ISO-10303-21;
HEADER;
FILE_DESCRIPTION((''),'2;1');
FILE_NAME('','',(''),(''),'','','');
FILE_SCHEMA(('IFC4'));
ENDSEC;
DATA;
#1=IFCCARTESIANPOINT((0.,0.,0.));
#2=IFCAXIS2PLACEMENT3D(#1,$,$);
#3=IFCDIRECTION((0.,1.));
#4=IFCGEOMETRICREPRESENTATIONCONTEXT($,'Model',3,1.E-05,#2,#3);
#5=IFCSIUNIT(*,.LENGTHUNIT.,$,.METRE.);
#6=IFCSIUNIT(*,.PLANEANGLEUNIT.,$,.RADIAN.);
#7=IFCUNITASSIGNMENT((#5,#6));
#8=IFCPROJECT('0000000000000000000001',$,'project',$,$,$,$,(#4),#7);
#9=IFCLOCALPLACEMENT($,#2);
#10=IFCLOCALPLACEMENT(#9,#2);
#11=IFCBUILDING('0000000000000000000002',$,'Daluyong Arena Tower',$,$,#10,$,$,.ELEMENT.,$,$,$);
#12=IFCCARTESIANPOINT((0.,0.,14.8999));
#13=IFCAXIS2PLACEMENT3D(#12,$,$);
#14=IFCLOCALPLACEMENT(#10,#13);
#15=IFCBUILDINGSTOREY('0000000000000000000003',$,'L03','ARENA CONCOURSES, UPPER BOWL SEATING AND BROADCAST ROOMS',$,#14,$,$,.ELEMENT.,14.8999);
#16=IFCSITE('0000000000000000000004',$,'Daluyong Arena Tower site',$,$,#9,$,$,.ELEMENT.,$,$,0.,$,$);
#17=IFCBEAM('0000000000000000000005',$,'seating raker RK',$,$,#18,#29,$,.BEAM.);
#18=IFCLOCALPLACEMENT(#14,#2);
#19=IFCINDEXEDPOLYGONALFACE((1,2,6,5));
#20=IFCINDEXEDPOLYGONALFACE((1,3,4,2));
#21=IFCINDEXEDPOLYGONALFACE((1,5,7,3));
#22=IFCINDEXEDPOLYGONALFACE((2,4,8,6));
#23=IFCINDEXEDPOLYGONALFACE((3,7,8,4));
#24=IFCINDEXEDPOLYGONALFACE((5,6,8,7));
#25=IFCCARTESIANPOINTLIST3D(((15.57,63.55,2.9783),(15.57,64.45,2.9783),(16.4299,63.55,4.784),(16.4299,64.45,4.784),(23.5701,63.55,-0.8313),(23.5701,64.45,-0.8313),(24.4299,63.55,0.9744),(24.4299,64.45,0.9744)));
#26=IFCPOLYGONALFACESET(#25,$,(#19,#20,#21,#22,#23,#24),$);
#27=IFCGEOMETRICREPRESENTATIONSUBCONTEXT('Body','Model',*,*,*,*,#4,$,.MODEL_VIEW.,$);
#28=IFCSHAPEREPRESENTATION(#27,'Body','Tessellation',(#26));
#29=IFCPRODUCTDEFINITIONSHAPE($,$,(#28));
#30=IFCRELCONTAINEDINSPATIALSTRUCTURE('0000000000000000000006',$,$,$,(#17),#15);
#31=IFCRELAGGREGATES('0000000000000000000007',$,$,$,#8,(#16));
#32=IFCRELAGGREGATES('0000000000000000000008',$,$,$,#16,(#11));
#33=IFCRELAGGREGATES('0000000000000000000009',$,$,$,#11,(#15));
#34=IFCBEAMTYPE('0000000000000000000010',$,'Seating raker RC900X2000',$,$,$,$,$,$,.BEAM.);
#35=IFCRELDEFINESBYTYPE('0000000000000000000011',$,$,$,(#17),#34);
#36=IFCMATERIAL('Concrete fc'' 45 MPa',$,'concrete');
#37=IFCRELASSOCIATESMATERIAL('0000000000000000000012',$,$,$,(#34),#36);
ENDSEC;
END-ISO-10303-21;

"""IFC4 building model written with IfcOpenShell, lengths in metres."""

from ifc_helpers import new_model, si_unit, direction, frame, origin, origin_2d, place, context, subcontext, project, spatial, rectangle, extrude, material, material_profile, profile_set, type_object, element, save


model = new_model("IFC4")

# Units and contexts
model_context = context("Model", 3, precision=1e-05, world=origin(), true_north=direction((0.0, 1.0)))
body_context = subcontext(model_context, "Body", "Model", "MODEL_VIEW")
ifc_project = project(units=[si_unit("LENGTHUNIT", "METRE"), si_unit("PLANEANGLEUNIT", "RADIAN")], contexts=[model_context])

# Site, building, storey
site_placement = place(None, origin())
site = spatial("IfcSite", under=ifc_project, at=site_placement, Name="Daluyong Arena Tower site", CompositionType="ELEMENT", RefElevation=0.0)
building_placement = place(site_placement, origin())
building = spatial("IfcBuilding", under=site, at=building_placement, Name="Daluyong Arena Tower", CompositionType="ELEMENT")
storey_placement = place(building_placement, frame((0.0, 0.0, 14.8999)))
storey = spatial("IfcBuildingStorey", under=building, at=storey_placement, Name="L03", Description="ARENA CONCOURSES, UPPER BOWL SEATING AND BROADCAST ROOMS", CompositionType="ELEMENT", Elevation=14.8999)

# Beam
ifc_material_1 = material(Name="Concrete fc' 45 MPa", Category="concrete")
ifc_material_profile_1 = material_profile(ifc_material_1, rectangle(XDim=0.8999, YDim=2.0, at=origin_2d()))
ifc_profile_set_1 = profile_set([ifc_material_profile_1], Name="Concrete fc' 45 MPa")
beam_type_1 = type_object("IfcBeamType", Name="Seating raker RC900X2000", PredefinedType="BEAM", material=ifc_profile_set_1)
beam_1_placement = place(storey_placement, frame((24.0, 64.0, 0.0715), z_axis=(-0.902858, 0.0, 0.429938), x_axis=(0.0, -1.0, 0.0)))
element("IfcBeam", 1, at=beam_1_placement, inside=storey, type_object=beam_type_1, Name="seating raker RK", PredefinedType="BEAM", context=body_context, shape_type="SweptSolid", body=[
    extrude(rectangle(XDim=0.8999, YDim=2.0, at=origin_2d()), origin(), (0.0, 0.0, 1.0), 8.8608),
])

save(model, "model.ifc")
